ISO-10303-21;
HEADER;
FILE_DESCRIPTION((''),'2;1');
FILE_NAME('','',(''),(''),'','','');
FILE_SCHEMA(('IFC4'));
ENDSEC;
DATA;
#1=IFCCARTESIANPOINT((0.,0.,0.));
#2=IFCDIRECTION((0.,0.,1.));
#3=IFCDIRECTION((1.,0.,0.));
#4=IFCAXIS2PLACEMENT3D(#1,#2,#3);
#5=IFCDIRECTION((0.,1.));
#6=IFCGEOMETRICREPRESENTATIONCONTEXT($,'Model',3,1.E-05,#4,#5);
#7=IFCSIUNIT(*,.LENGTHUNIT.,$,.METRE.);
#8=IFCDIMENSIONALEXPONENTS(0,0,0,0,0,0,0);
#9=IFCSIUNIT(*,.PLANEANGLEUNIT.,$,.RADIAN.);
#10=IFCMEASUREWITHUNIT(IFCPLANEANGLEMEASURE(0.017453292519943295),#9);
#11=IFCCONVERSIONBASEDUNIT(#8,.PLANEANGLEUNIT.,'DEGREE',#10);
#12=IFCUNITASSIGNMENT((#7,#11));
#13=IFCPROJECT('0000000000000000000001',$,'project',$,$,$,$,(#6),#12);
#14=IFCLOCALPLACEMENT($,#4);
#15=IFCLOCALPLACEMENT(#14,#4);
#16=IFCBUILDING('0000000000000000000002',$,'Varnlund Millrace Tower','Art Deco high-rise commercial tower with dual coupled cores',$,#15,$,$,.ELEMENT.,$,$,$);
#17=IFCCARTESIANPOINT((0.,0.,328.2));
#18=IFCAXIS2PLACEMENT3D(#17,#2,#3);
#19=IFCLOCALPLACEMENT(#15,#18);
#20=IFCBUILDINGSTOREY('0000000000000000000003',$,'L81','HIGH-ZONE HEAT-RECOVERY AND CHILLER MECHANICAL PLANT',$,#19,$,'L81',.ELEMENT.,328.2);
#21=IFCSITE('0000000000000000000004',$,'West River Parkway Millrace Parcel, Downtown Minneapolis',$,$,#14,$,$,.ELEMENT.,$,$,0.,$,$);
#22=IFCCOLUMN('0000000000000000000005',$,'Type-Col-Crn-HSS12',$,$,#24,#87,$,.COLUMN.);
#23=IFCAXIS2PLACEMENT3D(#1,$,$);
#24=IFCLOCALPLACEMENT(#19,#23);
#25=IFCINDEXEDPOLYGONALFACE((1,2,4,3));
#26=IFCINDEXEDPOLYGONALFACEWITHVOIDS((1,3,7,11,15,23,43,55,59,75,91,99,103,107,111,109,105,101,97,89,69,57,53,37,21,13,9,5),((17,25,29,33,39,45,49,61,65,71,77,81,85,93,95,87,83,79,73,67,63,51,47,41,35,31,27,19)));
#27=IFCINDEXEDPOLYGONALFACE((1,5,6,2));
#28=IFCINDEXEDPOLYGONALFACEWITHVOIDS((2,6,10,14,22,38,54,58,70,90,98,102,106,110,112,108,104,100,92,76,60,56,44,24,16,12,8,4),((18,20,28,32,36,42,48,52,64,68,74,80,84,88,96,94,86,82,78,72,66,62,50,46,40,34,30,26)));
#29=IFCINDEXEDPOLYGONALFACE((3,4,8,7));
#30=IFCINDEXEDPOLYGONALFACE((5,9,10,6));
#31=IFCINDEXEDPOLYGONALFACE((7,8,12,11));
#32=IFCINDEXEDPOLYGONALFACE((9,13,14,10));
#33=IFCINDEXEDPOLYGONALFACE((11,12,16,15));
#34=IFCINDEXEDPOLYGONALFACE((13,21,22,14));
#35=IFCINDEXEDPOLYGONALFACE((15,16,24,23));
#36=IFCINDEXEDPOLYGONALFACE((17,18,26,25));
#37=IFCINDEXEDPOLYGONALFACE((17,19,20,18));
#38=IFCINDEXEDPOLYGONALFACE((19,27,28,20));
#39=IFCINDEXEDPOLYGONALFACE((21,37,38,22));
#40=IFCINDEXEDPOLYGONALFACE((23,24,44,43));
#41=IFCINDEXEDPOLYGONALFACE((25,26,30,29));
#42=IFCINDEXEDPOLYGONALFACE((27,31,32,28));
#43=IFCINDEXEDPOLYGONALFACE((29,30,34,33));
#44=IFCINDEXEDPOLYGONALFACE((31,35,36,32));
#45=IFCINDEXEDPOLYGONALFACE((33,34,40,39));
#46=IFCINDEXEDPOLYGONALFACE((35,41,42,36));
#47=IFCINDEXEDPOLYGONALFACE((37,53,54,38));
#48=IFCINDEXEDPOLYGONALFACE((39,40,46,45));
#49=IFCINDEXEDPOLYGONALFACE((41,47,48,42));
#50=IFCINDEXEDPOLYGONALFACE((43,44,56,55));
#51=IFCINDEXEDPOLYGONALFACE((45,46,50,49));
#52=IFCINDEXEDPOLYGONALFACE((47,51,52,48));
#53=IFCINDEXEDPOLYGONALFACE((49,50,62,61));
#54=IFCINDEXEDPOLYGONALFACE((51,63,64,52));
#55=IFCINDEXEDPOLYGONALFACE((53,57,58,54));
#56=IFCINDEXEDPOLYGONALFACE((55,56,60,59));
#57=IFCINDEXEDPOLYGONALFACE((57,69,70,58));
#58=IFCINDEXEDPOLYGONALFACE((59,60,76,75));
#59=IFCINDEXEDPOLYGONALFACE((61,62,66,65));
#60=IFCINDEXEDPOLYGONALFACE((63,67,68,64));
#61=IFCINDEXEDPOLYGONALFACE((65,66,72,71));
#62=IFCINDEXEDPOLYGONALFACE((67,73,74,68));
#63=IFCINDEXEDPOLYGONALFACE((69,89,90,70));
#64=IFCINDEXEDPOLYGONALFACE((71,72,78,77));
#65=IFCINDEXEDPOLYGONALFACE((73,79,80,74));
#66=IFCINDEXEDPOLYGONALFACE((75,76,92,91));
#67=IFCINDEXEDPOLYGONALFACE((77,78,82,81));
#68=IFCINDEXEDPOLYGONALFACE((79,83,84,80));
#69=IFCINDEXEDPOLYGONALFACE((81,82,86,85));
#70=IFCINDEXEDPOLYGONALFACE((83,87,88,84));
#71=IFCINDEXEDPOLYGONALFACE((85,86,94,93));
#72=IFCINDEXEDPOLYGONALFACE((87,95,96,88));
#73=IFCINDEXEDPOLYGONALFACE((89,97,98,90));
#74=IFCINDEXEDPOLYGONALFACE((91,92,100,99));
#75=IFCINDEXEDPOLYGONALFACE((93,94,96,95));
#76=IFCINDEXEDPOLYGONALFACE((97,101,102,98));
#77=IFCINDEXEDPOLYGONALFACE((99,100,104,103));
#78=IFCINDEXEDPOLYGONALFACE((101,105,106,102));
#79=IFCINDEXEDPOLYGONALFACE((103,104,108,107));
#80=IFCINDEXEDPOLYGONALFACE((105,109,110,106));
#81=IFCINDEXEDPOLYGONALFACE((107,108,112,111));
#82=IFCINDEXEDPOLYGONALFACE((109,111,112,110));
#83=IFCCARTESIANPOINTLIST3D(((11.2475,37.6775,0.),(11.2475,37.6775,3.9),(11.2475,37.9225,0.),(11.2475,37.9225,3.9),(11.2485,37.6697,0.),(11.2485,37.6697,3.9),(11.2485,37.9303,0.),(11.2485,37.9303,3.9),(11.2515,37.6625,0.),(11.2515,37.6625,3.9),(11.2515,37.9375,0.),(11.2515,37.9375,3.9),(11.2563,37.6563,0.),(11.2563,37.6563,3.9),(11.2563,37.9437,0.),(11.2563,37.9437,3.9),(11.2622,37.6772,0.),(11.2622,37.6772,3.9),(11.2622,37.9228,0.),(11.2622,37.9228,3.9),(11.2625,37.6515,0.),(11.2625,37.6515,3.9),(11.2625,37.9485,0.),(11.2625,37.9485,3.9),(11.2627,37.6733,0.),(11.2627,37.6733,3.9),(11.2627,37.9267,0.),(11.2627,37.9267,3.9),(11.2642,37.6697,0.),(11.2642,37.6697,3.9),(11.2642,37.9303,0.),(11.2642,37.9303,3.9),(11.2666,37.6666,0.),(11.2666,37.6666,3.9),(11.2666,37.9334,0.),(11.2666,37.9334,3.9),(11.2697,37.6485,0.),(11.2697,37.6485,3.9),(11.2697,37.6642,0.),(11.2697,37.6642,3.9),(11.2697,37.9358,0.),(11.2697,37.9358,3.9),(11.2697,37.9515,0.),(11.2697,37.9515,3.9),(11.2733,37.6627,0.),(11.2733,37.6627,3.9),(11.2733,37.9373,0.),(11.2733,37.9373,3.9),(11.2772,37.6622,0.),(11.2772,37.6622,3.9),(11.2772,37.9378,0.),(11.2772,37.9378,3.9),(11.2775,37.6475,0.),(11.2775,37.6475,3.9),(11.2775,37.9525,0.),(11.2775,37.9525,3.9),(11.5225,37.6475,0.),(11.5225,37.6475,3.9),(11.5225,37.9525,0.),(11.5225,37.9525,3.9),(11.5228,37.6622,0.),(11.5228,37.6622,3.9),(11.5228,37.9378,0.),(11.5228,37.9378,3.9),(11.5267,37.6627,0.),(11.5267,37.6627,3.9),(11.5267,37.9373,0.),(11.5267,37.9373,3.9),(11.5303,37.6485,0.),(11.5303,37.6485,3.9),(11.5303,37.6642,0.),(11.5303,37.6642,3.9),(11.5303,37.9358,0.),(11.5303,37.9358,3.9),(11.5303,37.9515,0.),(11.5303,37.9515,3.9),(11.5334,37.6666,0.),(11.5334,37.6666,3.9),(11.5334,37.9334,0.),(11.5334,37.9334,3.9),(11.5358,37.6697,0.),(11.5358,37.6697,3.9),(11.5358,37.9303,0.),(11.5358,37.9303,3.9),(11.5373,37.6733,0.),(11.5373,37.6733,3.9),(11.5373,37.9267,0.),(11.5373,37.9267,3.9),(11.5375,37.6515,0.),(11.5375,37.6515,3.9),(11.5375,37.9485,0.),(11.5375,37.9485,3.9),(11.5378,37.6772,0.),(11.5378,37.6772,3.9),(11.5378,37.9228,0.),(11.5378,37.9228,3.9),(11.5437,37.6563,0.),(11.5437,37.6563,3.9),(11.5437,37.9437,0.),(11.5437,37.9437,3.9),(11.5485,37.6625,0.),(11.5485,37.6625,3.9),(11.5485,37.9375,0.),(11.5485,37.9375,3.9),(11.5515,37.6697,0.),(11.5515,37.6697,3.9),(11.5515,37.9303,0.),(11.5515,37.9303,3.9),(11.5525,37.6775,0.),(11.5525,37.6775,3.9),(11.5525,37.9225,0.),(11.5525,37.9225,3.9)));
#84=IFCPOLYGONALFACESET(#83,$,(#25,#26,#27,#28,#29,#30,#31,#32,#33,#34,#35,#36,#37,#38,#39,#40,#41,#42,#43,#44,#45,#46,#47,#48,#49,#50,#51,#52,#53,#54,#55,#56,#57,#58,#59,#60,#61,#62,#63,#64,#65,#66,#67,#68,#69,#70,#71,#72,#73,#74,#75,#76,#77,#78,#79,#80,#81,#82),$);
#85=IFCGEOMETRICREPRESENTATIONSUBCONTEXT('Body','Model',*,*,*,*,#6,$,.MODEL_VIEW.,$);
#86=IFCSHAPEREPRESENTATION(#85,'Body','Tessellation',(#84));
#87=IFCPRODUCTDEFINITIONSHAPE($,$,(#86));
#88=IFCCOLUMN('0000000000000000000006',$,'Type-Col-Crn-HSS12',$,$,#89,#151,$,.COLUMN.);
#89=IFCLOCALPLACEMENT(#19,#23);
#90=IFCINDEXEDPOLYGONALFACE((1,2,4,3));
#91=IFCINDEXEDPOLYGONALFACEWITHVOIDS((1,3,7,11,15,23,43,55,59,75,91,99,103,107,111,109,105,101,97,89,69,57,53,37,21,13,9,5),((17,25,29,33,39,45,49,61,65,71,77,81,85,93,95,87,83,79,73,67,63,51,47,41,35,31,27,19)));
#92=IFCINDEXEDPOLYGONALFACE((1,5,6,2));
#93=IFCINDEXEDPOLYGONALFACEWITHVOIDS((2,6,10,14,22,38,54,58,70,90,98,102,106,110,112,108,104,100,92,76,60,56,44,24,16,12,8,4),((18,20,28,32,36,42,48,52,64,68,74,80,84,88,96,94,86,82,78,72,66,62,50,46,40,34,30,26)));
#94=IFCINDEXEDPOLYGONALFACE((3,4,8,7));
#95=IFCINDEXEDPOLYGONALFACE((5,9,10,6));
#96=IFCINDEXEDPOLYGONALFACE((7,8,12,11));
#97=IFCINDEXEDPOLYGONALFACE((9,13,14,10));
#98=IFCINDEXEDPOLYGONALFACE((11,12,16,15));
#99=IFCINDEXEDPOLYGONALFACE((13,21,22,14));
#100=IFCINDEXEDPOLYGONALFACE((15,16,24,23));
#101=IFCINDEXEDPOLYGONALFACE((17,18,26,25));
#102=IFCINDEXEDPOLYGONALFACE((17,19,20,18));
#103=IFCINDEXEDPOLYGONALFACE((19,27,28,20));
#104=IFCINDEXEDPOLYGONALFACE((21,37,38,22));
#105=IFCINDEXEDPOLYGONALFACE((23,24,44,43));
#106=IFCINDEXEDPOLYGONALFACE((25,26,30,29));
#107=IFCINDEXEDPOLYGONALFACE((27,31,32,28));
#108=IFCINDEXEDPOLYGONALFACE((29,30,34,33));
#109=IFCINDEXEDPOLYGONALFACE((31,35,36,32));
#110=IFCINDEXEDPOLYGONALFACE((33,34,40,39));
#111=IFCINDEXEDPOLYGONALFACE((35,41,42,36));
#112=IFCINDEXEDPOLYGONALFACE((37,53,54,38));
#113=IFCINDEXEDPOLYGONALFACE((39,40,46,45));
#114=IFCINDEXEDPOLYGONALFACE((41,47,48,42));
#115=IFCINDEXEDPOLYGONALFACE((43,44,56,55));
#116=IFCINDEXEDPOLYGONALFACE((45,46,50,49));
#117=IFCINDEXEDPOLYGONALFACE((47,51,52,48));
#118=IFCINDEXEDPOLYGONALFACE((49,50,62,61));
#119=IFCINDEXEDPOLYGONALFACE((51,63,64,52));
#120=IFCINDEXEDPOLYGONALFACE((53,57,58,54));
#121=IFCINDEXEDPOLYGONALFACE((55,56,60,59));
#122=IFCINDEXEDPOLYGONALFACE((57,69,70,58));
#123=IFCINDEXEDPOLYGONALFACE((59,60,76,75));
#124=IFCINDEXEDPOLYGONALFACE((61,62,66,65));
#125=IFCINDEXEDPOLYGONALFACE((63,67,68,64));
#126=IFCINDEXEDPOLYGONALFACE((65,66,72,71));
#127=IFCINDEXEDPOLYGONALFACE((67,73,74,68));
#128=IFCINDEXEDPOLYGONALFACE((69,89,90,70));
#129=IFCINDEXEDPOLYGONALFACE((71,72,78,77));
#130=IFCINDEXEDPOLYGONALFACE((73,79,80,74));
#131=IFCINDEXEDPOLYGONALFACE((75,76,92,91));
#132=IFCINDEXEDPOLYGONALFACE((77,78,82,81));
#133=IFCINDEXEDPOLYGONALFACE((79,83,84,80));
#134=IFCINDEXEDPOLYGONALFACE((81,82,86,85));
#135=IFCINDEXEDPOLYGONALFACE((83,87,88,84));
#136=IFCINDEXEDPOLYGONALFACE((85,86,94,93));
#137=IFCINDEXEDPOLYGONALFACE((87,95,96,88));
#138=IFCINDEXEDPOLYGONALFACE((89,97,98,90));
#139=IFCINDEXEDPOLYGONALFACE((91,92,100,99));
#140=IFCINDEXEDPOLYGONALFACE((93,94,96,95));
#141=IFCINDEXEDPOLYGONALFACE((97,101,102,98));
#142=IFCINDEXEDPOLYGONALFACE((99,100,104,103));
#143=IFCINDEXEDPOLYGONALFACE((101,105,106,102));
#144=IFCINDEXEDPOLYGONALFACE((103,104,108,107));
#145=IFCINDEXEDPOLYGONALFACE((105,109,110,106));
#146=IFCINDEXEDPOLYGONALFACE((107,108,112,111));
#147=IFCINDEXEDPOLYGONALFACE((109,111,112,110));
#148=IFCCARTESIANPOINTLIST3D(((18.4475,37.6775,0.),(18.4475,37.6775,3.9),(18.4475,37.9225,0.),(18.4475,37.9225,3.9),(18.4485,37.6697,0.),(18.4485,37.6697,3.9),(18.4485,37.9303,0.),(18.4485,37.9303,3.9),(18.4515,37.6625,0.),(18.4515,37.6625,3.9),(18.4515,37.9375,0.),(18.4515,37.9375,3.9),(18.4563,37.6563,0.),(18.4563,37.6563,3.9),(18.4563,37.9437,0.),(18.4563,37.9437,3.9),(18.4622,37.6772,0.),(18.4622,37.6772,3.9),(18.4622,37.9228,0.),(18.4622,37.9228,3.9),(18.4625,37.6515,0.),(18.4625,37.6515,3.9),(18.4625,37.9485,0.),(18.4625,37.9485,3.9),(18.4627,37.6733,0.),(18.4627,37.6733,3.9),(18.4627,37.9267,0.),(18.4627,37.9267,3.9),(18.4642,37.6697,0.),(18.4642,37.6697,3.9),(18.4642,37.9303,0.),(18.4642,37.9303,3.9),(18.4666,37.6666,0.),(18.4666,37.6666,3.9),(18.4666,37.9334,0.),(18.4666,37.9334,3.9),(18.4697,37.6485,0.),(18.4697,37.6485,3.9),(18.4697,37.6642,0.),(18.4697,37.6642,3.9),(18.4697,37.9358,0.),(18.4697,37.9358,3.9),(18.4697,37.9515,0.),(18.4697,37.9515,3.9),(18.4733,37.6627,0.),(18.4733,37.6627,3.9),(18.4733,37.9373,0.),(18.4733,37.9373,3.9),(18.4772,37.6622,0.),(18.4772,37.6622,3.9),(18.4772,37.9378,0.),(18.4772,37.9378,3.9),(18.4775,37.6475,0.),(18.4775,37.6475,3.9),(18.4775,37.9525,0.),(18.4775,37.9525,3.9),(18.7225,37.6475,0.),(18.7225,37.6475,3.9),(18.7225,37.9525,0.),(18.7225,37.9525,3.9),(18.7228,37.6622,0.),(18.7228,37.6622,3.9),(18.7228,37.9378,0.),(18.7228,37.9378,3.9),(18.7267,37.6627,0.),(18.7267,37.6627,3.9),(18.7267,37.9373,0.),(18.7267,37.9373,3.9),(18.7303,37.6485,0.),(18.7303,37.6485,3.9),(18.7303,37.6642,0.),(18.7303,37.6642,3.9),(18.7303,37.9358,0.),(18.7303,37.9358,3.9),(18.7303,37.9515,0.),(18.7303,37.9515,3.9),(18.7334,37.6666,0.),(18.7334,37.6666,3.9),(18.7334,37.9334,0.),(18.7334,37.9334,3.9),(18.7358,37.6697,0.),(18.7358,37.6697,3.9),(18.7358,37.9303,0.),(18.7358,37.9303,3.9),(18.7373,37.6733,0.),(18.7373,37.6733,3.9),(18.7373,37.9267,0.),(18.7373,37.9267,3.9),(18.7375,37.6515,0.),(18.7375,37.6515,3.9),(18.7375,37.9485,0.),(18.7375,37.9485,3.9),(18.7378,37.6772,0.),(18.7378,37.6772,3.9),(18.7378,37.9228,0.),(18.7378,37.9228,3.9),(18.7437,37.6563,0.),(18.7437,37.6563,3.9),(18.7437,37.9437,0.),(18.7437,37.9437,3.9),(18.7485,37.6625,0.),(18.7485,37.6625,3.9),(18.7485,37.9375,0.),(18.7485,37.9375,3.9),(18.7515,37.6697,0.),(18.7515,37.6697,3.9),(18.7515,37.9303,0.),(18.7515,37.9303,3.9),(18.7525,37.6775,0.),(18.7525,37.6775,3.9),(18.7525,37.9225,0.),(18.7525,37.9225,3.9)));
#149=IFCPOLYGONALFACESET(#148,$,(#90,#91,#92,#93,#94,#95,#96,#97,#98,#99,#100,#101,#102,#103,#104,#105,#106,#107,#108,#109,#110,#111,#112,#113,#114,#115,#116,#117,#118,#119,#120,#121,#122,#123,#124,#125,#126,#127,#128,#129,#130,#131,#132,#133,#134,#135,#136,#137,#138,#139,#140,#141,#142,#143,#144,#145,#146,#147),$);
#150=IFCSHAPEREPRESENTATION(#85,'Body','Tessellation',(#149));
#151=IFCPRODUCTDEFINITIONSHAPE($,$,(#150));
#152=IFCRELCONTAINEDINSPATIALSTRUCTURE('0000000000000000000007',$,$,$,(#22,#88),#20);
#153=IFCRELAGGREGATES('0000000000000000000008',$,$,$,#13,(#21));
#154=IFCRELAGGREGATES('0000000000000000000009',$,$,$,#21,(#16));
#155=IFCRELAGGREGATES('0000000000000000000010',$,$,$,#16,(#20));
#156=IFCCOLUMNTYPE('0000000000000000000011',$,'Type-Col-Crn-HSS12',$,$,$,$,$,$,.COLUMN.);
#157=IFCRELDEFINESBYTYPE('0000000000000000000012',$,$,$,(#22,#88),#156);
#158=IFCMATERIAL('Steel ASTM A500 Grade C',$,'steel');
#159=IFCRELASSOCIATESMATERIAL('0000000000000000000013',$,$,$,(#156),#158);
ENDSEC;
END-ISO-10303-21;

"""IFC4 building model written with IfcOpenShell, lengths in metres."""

from ifc_helpers import new_model, entity, si_unit, converted_unit, direction, frame, origin_with_axes, origin_2d_with_axis, place, context, subcontext, project, spatial, hollow_rectangle, extrude, material, material_profile, profile_set, type_object, element, save


model = new_model("IFC4")

# Units and contexts
model_context = context("Model", 3, precision=1e-05, world=origin_with_axes(), true_north=direction((0.0, 1.0)))
body_context = subcontext(model_context, "Body", "Model", "MODEL_VIEW")
ifc_project = project(units=[si_unit("LENGTHUNIT", "METRE"), converted_unit("PLANEANGLEUNIT", "DEGREE", entity("IfcPlaneAngleMeasure", 0.017453292519943295), si_unit("PLANEANGLEUNIT", "RADIAN"), dimensions=[0, 0, 0, 0, 0, 0, 0])], contexts=[model_context])

# Site, building, storey
site_placement = place(None, origin_with_axes())
site = spatial("IfcSite", under=ifc_project, at=site_placement, Name="West River Parkway Millrace Parcel, Downtown Minneapolis", CompositionType="ELEMENT", RefElevation=0.0)
building_placement = place(site_placement, origin_with_axes())
building = spatial("IfcBuilding", under=site, at=building_placement, Name="Varnlund Millrace Tower", Description="Art Deco high-rise commercial tower with dual coupled cores", CompositionType="ELEMENT")
storey_placement = place(building_placement, frame((0.0, 0.0, 328.2), z_axis=(0.0, 0.0, 1.0), x_axis=(1.0, 0.0, 0.0)))
storey = spatial("IfcBuildingStorey", under=building, at=storey_placement, Name="L81", Description="HIGH-ZONE HEAT-RECOVERY AND CHILLER MECHANICAL PLANT", LongName="L81", CompositionType="ELEMENT", Elevation=328.2)

# Columns
ifc_material_1 = material(Name="Steel ASTM A500 Grade C", Category="steel")
ifc_material_profile_1 = material_profile(ifc_material_1, hollow_rectangle(XDim=0.305, YDim=0.305, WallThickness=0.0147, InnerFilletRadius=0.015, OuterFilletRadius=0.03, at=origin_2d_with_axis()), Name="Steel ASTM A500 Grade C")
ifc_profile_set_1 = profile_set([ifc_material_profile_1], Name="Steel ASTM A500 Grade C")
column_type = type_object("IfcColumnType", Name="Type-Col-Crn-HSS12", PredefinedType="COLUMN", material=ifc_profile_set_1)
for number, where, z_axis, x_axis, name in (
    (1, (11.4, 37.8, 0.0), (0.0, 0.0, 1.0), (1.0, 0.0, 0.0), "Type-Col-Crn-HSS12"),
    (2, (18.6, 37.8, 0.0), (0.0, 0.0, 1.0), (1.0, 0.0, 0.0), "Type-Col-Crn-HSS12"),
):
    element("IfcColumn", number, at=place(storey_placement, frame(where, z_axis=z_axis, x_axis=x_axis)), inside=storey, type_object=column_type, Name=name, PredefinedType="COLUMN", context=body_context, shape_type="SweptSolid", body=[
        extrude(hollow_rectangle(XDim=0.305, YDim=0.305, WallThickness=0.0147, InnerFilletRadius=0.015, OuterFilletRadius=0.03, at=origin_2d_with_axis()), origin_with_axes(), (0.0, 0.0, 1.0), 3.9),
    ])

save(model, "model.ifc")
